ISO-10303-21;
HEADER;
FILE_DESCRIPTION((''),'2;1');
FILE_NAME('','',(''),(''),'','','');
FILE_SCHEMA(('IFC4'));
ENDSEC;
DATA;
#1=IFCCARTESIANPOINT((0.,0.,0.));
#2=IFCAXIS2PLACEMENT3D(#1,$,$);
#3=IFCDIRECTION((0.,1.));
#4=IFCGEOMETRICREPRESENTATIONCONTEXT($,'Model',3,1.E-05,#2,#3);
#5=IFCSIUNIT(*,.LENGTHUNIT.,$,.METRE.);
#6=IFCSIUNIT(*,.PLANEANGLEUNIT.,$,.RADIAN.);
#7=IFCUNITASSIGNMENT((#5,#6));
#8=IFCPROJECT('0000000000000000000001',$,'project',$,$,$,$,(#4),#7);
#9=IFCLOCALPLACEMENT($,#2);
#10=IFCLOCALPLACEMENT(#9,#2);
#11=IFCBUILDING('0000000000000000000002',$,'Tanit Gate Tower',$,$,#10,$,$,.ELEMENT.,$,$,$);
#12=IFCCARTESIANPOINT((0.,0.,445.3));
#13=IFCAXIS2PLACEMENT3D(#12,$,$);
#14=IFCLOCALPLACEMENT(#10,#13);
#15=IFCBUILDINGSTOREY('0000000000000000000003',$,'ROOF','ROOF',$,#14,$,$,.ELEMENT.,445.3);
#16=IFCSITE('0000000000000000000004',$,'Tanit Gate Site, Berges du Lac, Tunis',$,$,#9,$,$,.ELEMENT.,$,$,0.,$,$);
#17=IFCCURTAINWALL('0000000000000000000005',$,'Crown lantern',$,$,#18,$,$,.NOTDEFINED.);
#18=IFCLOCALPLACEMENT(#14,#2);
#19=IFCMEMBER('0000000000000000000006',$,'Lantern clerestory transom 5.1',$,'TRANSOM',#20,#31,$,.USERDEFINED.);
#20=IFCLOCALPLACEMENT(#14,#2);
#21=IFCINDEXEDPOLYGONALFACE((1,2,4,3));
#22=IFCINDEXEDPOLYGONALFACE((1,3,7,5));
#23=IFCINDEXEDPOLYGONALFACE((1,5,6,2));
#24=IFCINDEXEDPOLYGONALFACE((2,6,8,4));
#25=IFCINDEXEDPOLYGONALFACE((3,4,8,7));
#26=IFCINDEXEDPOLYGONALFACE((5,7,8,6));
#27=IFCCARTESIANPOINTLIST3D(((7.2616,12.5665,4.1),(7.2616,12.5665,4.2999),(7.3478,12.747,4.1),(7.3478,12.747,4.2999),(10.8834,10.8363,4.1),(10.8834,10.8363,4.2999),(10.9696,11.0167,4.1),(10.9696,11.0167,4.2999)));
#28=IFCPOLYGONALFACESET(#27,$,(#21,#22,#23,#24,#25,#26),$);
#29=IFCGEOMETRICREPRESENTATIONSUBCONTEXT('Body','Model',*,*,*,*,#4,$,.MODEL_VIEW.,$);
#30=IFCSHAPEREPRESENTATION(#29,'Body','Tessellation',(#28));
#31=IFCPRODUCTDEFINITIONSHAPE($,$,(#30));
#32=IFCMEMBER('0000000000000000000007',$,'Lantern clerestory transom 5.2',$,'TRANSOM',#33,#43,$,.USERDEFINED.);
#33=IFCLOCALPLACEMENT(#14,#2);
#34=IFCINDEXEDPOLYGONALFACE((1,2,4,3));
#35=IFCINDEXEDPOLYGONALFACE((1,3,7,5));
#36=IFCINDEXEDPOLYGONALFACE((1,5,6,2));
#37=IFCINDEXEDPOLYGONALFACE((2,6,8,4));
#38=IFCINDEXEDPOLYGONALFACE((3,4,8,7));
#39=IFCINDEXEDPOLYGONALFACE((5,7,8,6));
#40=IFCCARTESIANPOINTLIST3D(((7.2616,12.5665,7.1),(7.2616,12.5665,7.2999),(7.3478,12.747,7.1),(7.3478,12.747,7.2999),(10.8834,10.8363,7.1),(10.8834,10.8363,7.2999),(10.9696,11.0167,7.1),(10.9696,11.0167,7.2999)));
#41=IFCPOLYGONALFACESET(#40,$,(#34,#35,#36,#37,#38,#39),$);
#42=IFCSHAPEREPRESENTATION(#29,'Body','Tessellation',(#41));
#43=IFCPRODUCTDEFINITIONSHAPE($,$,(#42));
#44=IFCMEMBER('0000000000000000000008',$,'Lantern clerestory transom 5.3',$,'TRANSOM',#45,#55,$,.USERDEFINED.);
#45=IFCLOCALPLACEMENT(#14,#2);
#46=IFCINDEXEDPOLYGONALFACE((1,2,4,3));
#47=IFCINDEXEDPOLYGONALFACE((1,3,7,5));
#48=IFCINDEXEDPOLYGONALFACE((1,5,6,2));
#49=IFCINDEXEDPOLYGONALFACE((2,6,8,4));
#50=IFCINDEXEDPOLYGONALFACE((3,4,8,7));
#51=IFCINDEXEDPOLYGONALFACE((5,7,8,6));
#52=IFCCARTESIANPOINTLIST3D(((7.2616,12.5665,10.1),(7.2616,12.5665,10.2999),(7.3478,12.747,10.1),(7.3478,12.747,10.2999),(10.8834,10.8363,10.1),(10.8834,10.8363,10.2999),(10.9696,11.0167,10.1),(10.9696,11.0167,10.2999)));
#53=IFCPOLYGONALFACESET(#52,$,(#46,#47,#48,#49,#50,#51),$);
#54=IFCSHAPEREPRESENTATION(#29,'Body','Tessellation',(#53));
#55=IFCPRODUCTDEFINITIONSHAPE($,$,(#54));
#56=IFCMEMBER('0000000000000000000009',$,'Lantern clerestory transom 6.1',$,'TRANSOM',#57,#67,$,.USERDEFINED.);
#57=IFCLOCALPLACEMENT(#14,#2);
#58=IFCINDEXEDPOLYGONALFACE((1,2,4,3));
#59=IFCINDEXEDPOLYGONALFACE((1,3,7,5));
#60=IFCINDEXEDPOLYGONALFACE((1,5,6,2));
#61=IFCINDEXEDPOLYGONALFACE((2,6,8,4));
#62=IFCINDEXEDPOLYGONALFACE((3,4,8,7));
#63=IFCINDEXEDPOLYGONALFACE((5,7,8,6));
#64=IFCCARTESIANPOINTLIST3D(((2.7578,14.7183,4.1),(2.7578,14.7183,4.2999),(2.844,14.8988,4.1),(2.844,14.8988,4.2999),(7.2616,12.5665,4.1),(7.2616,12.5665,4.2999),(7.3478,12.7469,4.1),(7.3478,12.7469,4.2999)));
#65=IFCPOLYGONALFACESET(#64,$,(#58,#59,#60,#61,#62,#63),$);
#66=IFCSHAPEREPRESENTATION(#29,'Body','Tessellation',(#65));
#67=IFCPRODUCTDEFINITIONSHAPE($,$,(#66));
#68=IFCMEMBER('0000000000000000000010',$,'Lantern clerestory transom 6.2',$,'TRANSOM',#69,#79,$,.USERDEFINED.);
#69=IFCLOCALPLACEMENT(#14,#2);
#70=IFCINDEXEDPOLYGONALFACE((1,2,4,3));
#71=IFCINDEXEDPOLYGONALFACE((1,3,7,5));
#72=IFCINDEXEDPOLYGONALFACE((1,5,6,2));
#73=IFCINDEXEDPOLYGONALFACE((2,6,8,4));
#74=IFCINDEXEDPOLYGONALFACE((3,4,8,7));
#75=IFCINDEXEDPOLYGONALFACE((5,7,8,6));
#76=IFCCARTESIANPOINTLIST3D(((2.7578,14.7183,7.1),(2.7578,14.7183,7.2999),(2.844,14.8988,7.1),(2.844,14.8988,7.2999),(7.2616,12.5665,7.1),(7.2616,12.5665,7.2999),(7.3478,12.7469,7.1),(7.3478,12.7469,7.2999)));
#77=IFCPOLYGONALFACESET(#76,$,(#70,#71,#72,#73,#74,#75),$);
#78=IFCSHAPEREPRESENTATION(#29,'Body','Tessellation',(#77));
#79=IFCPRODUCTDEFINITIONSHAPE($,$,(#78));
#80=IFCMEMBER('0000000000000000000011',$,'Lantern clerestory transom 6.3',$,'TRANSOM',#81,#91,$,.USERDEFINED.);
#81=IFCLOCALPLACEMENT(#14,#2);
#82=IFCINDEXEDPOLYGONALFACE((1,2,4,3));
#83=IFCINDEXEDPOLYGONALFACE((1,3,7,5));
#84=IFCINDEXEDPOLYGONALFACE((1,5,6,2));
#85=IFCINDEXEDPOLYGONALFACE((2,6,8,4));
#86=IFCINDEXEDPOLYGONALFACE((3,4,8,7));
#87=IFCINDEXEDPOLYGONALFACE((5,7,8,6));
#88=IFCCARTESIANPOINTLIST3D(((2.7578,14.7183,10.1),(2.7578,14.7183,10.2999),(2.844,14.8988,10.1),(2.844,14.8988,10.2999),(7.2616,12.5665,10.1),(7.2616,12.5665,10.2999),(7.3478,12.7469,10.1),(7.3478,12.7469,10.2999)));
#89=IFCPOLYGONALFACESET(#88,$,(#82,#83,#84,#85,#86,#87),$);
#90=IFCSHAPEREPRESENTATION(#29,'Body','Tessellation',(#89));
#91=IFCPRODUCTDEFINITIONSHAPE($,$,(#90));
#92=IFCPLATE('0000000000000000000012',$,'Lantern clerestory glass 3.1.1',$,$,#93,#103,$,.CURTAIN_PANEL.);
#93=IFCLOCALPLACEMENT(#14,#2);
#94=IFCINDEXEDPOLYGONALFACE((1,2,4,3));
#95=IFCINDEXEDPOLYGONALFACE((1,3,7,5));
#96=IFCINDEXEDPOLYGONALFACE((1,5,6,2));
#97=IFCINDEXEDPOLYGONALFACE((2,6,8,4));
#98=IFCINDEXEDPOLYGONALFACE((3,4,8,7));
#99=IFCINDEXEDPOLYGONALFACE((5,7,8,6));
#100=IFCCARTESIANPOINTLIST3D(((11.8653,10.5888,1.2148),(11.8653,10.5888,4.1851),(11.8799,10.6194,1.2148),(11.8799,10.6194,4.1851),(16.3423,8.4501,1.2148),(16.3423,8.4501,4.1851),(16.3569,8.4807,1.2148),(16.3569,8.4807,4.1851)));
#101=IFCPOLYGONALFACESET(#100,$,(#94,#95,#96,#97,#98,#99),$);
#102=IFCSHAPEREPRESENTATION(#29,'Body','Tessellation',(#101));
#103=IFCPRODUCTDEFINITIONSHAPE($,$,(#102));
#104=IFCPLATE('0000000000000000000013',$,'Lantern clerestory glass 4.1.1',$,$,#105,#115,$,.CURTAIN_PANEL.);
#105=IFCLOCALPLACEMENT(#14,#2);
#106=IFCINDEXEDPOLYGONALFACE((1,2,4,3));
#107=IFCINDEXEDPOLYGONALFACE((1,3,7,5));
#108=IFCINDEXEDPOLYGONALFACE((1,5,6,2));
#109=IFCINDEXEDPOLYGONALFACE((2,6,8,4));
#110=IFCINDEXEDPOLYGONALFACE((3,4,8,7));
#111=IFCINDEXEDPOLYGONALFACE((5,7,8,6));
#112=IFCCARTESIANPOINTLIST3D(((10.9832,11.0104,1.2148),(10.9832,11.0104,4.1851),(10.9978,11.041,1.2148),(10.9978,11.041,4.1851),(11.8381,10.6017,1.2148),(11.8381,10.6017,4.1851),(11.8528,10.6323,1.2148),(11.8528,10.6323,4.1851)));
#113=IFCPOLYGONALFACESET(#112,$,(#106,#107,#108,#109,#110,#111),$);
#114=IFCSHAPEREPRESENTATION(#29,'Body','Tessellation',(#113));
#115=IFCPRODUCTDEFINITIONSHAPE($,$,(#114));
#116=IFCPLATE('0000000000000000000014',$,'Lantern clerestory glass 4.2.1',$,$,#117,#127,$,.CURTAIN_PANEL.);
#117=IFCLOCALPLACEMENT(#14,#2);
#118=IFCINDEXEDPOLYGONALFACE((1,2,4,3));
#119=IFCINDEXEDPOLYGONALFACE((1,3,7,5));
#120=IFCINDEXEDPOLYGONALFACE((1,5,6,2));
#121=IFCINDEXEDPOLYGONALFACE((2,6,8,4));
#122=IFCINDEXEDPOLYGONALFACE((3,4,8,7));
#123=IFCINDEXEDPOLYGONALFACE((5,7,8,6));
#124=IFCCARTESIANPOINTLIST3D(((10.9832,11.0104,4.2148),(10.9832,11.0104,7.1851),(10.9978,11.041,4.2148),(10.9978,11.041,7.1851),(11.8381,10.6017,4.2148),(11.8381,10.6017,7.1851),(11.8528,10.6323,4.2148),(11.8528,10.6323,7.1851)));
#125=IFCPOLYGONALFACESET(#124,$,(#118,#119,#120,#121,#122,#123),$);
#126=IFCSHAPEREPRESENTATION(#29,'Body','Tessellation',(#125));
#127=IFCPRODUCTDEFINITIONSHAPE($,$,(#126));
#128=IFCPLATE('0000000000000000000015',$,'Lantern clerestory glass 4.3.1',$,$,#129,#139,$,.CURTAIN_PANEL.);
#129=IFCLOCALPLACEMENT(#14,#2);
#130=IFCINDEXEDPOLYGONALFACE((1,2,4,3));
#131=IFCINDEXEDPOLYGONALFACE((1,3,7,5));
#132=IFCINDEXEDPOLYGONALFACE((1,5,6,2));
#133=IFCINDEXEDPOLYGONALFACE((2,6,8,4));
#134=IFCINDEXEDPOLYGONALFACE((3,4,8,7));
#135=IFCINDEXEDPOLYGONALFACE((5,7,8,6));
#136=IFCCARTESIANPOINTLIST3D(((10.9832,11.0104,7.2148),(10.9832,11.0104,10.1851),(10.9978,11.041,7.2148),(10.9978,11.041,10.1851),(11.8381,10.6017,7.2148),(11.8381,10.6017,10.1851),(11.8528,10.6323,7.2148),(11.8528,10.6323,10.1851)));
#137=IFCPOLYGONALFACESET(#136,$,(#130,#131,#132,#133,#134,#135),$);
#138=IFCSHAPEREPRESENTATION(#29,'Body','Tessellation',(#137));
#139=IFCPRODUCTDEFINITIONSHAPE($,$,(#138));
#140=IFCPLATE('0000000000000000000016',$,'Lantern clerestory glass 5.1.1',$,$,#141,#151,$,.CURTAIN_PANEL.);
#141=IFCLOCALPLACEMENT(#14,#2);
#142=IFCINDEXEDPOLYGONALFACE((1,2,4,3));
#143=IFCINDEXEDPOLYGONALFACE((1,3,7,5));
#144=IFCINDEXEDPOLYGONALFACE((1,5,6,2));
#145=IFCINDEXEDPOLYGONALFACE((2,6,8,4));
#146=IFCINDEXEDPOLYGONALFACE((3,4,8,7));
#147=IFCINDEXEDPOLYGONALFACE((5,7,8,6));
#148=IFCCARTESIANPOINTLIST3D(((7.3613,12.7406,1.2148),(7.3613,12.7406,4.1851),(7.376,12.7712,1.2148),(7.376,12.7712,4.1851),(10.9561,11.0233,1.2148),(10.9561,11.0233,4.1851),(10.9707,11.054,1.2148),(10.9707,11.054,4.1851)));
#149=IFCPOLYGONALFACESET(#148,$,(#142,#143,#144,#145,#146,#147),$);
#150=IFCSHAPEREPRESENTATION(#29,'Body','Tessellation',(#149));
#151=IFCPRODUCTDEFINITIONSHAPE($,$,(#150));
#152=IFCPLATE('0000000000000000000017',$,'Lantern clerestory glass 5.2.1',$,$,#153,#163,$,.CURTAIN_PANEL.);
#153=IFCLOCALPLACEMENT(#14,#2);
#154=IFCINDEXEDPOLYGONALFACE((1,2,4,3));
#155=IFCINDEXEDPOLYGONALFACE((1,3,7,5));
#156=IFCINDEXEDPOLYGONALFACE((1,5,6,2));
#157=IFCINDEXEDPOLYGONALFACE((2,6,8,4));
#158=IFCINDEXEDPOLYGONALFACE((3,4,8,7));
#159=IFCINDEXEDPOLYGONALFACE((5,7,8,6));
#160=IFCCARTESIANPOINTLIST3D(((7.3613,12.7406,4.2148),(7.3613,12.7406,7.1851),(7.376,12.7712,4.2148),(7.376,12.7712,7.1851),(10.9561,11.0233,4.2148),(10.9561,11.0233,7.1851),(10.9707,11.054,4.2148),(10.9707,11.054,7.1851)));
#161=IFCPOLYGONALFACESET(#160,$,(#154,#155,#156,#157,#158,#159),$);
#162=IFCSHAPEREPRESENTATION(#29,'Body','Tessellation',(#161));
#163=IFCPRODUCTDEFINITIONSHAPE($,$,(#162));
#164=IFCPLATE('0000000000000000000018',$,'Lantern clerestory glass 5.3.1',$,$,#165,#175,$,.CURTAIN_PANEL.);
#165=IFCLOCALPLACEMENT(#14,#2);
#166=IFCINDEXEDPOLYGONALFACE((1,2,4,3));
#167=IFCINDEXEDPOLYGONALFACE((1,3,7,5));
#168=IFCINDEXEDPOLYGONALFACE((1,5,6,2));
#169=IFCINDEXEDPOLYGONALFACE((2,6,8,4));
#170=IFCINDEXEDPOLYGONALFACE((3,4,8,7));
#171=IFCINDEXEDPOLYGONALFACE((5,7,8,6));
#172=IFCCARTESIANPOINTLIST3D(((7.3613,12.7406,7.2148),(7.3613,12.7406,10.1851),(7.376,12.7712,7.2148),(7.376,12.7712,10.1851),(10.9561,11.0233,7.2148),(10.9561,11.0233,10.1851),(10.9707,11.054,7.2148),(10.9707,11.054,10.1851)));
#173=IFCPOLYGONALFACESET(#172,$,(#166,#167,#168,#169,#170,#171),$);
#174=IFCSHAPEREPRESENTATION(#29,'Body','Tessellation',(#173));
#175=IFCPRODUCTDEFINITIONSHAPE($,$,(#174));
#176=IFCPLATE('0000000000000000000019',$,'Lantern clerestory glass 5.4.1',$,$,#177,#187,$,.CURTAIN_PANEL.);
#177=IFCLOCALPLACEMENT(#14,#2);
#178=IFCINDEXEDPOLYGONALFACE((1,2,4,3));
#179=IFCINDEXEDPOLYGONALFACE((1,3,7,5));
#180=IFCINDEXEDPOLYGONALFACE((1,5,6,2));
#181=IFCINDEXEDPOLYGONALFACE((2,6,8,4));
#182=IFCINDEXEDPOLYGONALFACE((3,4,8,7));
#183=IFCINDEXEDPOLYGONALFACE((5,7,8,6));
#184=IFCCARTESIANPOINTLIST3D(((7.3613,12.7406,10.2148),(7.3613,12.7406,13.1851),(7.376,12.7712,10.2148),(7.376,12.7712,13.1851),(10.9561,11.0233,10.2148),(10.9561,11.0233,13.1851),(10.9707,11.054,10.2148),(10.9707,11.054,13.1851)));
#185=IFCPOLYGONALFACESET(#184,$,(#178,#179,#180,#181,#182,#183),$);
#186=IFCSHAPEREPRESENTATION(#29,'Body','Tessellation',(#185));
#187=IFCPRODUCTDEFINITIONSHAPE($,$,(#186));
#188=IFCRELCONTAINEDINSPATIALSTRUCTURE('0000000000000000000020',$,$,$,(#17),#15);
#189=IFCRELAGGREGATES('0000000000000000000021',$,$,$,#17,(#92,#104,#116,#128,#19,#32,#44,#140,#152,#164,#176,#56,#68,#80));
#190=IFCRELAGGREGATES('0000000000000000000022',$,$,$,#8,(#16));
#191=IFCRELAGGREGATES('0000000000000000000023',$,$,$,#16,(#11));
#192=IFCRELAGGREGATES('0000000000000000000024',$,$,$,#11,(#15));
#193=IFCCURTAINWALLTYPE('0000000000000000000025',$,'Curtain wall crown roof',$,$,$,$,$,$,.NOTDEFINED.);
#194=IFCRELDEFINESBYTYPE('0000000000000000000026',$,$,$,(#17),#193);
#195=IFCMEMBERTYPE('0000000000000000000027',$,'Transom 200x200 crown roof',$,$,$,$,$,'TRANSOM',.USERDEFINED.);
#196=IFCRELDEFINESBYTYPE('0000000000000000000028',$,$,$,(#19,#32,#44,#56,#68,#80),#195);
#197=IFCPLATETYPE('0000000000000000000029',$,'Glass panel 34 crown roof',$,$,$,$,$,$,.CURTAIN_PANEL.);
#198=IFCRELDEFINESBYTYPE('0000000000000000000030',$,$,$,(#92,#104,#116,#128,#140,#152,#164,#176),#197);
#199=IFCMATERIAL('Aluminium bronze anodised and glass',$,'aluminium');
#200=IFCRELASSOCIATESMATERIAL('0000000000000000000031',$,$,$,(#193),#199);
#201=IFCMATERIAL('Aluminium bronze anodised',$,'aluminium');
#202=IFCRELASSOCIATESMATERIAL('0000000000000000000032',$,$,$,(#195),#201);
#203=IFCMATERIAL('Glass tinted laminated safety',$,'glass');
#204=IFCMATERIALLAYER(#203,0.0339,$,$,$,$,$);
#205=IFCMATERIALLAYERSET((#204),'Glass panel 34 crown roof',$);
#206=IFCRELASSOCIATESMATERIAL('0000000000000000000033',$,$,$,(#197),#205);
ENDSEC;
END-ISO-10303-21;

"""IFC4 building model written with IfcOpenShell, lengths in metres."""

from ifc_helpers import new_model, si_unit, direction, frame, origin, origin_2d, place, context, subcontext, project, spatial, polyline, rectangle, outline, extrude, material, layer, layer_set, material_profile, profile_set, type_object, element, aggregate, save


model = new_model("IFC4")

# Units and contexts
model_context = context("Model", 3, precision=1e-05, world=origin(), true_north=direction((0.0, 1.0)))
body_context = subcontext(model_context, "Body", "Model", "MODEL_VIEW")
ifc_project = project(units=[si_unit("LENGTHUNIT", "METRE"), si_unit("PLANEANGLEUNIT", "RADIAN")], contexts=[model_context])

# Site, building, storey
site_placement = place(None, origin())
site = spatial("IfcSite", under=ifc_project, at=site_placement, Name="Tanit Gate Site, Berges du Lac, Tunis", CompositionType="ELEMENT", RefElevation=0.0)
building_placement = place(site_placement, origin())
building = spatial("IfcBuilding", under=site, at=building_placement, Name="Tanit Gate Tower", CompositionType="ELEMENT")
storey_placement = place(building_placement, frame((0.0, 0.0, 445.3)))
storey = spatial("IfcBuildingStorey", under=building, at=storey_placement, Name="ROOF", Description="ROOF", CompositionType="ELEMENT", Elevation=445.3)

# Curtain wall, members, plates
ifc_material_1 = material(Name="Aluminium bronze anodised and glass", Category="aluminium")
curtain_wall_type = type_object("IfcCurtainWallType", Name="Curtain wall crown roof", PredefinedType="NOTDEFINED", material=ifc_material_1)
curtain_wall_placement = place(storey_placement, origin())
curtain_wall = element("IfcCurtainWall", 1, at=curtain_wall_placement, inside=storey, type_object=curtain_wall_type, Name="Crown lantern", PredefinedType="NOTDEFINED")
ifc_material_2 = material(Name="Aluminium bronze anodised", Category="aluminium")
ifc_material_profile_1 = material_profile(ifc_material_2, rectangle(XDim=0.2, YDim=0.2, at=origin_2d()), Name="200x200 bronze transom")
ifc_profile_set_1 = profile_set([ifc_material_profile_1], Name="Aluminium bronze anodised")
member_type_1 = type_object("IfcMemberType", Name="Transom 200x200 crown roof", ElementType="TRANSOM", PredefinedType="USERDEFINED", material=ifc_profile_set_1)
member_1_placement = place(storey_placement, frame((10.9265, 10.9265, 4.2), z_axis=(-0.902324, 0.431059, 0.0), x_axis=(-0.431059, -0.902324, 0.0)))
member_1 = element("IfcMember", 2, at=member_1_placement, type_object=member_type_1, Name="Lantern clerestory transom 5.1", ObjectType="TRANSOM", PredefinedType="USERDEFINED", context=body_context, shape_type="SweptSolid", body=[
    extrude(rectangle(XDim=0.2, YDim=0.2, at=origin_2d()), origin(), (0.0, 0.0, 1.0), 4.0139),
])
member_2_placement = place(storey_placement, frame((10.9265, 10.9265, 7.2), z_axis=(-0.902324, 0.431059, 0.0), x_axis=(-0.431059, -0.902324, 0.0)))
member_2 = element("IfcMember", 3, at=member_2_placement, type_object=member_type_1, Name="Lantern clerestory transom 5.2", ObjectType="TRANSOM", PredefinedType="USERDEFINED", context=body_context, shape_type="SweptSolid", body=[
    extrude(rectangle(XDim=0.2, YDim=0.2, at=origin_2d()), origin(), (0.0, 0.0, 1.0), 4.0139),
])
member_3_placement = place(storey_placement, frame((10.9265, 10.9265, 10.2), z_axis=(-0.902324, 0.431059, 0.0), x_axis=(-0.431059, -0.902324, 0.0)))
member_3 = element("IfcMember", 4, at=member_3_placement, type_object=member_type_1, Name="Lantern clerestory transom 5.3", ObjectType="TRANSOM", PredefinedType="USERDEFINED", context=body_context, shape_type="SweptSolid", body=[
    extrude(rectangle(XDim=0.2, YDim=0.2, at=origin_2d()), origin(), (0.0, 0.0, 1.0), 4.0139),
])
member_4_placement = place(storey_placement, frame((7.3047, 12.6567, 4.2), z_axis=(-0.902305, 0.431099, 0.0), x_axis=(-0.431099, -0.902305, 0.0)))
member_4 = element("IfcMember", 5, at=member_4_placement, type_object=member_type_1, Name="Lantern clerestory transom 6.1", ObjectType="TRANSOM", PredefinedType="USERDEFINED", context=body_context, shape_type="SweptSolid", body=[
    extrude(rectangle(XDim=0.2, YDim=0.2, at=origin_2d()), origin(), (0.0, 0.0, 1.0), 4.9915),
])
member_5_placement = place(storey_placement, frame((7.3047, 12.6567, 7.2), z_axis=(-0.902305, 0.431099, 0.0), x_axis=(-0.431099, -0.902305, 0.0)))
member_5 = element("IfcMember", 6, at=member_5_placement, type_object=member_type_1, Name="Lantern clerestory transom 6.2", ObjectType="TRANSOM", PredefinedType="USERDEFINED", context=body_context, shape_type="SweptSolid", body=[
    extrude(rectangle(XDim=0.2, YDim=0.2, at=origin_2d()), origin(), (0.0, 0.0, 1.0), 4.9915),
])
member_6_placement = place(storey_placement, frame((7.3047, 12.6567, 10.2), z_axis=(-0.902305, 0.431099, 0.0), x_axis=(-0.431099, -0.902305, 0.0)))
member_6 = element("IfcMember", 7, at=member_6_placement, type_object=member_type_1, Name="Lantern clerestory transom 6.3", ObjectType="TRANSOM", PredefinedType="USERDEFINED", context=body_context, shape_type="SweptSolid", body=[
    extrude(rectangle(XDim=0.2, YDim=0.2, at=origin_2d()), origin(), (0.0, 0.0, 1.0), 4.9915),
])
ifc_material_3 = material(Name="Glass tinted laminated safety", Category="glass")
ifc_layer_1 = layer(ifc_material_3, 0.0339)
ifc_layer_set_1 = layer_set([ifc_layer_1], Name="Glass panel 34 crown roof")
plate_type = type_object("IfcPlateType", Name="Glass panel 34 crown roof", PredefinedType="CURTAIN_PANEL", material=ifc_layer_set_1)
plate_1_placement = place(storey_placement, frame((16.3569, 8.4807, 1.2148), z_axis=(0.431041, 0.902332, 0.0), x_axis=(-0.902332, 0.431041, 0.0)))
plate_1 = element("IfcPlate", 8, at=plate_1_placement, type_object=plate_type, Name="Lantern clerestory glass 3.1.1", PredefinedType="CURTAIN_PANEL", context=body_context, shape_type="SweptSolid", body=[
    extrude(outline(polyline([(0.0, 0.0), (4.9616, 0.0), (4.9616, 2.9702), (0.0, 2.9702), (0.0, 0.0)])), origin(), (0.0, 0.0, -1.0), 0.0339),
])
plate_2_placement = place(storey_placement, frame((11.8528, 10.6323, 1.2148), z_axis=(0.431273, 0.902221, 0.0), x_axis=(-0.902221, 0.431273, 0.0)))
plate_2 = element("IfcPlate", 9, at=plate_2_placement, type_object=plate_type, Name="Lantern clerestory glass 4.1.1", PredefinedType="CURTAIN_PANEL", context=body_context, shape_type="SweptSolid", body=[
    extrude(outline(polyline([(0.0, 0.0), (0.9476, 0.0), (0.9476, 2.9702), (0.0, 2.9702), (0.0, 0.0)])), origin(), (0.0, 0.0, -1.0), 0.0339),
])
plate_3_placement = place(storey_placement, frame((11.8528, 10.6323, 4.2148), z_axis=(0.431273, 0.902221, 0.0), x_axis=(-0.902221, 0.431273, 0.0)))
plate_3 = element("IfcPlate", 10, at=plate_3_placement, type_object=plate_type, Name="Lantern clerestory glass 4.2.1", PredefinedType="CURTAIN_PANEL", context=body_context, shape_type="SweptSolid", body=[
    extrude(outline(polyline([(0.0, 0.0), (0.9476, 0.0), (0.9476, 2.9702), (0.0, 2.9702), (0.0, 0.0)])), origin(), (0.0, 0.0, -1.0), 0.0339),
])
plate_4_placement = place(storey_placement, frame((11.8528, 10.6323, 7.2148), z_axis=(0.431273, 0.902221, 0.0), x_axis=(-0.902221, 0.431273, 0.0)))
plate_4 = element("IfcPlate", 11, at=plate_4_placement, type_object=plate_type, Name="Lantern clerestory glass 4.3.1", PredefinedType="CURTAIN_PANEL", context=body_context, shape_type="SweptSolid", body=[
    extrude(outline(polyline([(0.0, 0.0), (0.9476, 0.0), (0.9476, 2.9702), (0.0, 2.9702), (0.0, 0.0)])), origin(), (0.0, 0.0, -1.0), 0.0339),
])
plate_5_placement = place(storey_placement, frame((10.9707, 11.054, 1.2148), z_axis=(0.431061, 0.902323, 0.0), x_axis=(-0.902323, 0.431061, 0.0)))
plate_5 = element("IfcPlate", 12, at=plate_5_placement, type_object=plate_type, Name="Lantern clerestory glass 5.1.1", PredefinedType="CURTAIN_PANEL", context=body_context, shape_type="SweptSolid", body=[
    extrude(outline(polyline([(0.0, 0.0), (3.9839, 0.0), (3.9839, 2.9702), (0.0, 2.9702), (0.0, 0.0)])), origin(), (0.0, 0.0, -1.0), 0.0339),
])
plate_6_placement = place(storey_placement, frame((10.9707, 11.054, 4.2148), z_axis=(0.431061, 0.902323, 0.0), x_axis=(-0.902323, 0.431061, 0.0)))
plate_6 = element("IfcPlate", 13, at=plate_6_placement, type_object=plate_type, Name="Lantern clerestory glass 5.2.1", PredefinedType="CURTAIN_PANEL", context=body_context, shape_type="SweptSolid", body=[
    extrude(outline(polyline([(0.0, 0.0), (3.9839, 0.0), (3.9839, 2.9702), (0.0, 2.9702), (0.0, 0.0)])), origin(), (0.0, 0.0, -1.0), 0.0339),
])
plate_7_placement = place(storey_placement, frame((10.9707, 11.054, 7.2148), z_axis=(0.431061, 0.902323, 0.0), x_axis=(-0.902323, 0.431061, 0.0)))
plate_7 = element("IfcPlate", 14, at=plate_7_placement, type_object=plate_type, Name="Lantern clerestory glass 5.3.1", PredefinedType="CURTAIN_PANEL", context=body_context, shape_type="SweptSolid", body=[
    extrude(outline(polyline([(0.0, 0.0), (3.9839, 0.0), (3.9839, 2.9702), (0.0, 2.9702), (0.0, 0.0)])), origin(), (0.0, 0.0, -1.0), 0.0339),
])
plate_8_placement = place(storey_placement, frame((10.9707, 11.054, 10.2148), z_axis=(0.431061, 0.902323, 0.0), x_axis=(-0.902323, 0.431061, 0.0)))
plate_8 = element("IfcPlate", 15, at=plate_8_placement, type_object=plate_type, Name="Lantern clerestory glass 5.4.1", PredefinedType="CURTAIN_PANEL", context=body_context, shape_type="SweptSolid", body=[
    extrude(outline(polyline([(0.0, 0.0), (3.9839, 0.0), (3.9839, 2.9702), (0.0, 2.9702), (0.0, 0.0)])), origin(), (0.0, 0.0, -1.0), 0.0339),
])
aggregate(curtain_wall, [plate_1, plate_2, plate_3, plate_4, member_1, member_2, member_3, plate_5, plate_6, plate_7, plate_8, member_4, member_5, member_6])

save(model, "model.ifc")
